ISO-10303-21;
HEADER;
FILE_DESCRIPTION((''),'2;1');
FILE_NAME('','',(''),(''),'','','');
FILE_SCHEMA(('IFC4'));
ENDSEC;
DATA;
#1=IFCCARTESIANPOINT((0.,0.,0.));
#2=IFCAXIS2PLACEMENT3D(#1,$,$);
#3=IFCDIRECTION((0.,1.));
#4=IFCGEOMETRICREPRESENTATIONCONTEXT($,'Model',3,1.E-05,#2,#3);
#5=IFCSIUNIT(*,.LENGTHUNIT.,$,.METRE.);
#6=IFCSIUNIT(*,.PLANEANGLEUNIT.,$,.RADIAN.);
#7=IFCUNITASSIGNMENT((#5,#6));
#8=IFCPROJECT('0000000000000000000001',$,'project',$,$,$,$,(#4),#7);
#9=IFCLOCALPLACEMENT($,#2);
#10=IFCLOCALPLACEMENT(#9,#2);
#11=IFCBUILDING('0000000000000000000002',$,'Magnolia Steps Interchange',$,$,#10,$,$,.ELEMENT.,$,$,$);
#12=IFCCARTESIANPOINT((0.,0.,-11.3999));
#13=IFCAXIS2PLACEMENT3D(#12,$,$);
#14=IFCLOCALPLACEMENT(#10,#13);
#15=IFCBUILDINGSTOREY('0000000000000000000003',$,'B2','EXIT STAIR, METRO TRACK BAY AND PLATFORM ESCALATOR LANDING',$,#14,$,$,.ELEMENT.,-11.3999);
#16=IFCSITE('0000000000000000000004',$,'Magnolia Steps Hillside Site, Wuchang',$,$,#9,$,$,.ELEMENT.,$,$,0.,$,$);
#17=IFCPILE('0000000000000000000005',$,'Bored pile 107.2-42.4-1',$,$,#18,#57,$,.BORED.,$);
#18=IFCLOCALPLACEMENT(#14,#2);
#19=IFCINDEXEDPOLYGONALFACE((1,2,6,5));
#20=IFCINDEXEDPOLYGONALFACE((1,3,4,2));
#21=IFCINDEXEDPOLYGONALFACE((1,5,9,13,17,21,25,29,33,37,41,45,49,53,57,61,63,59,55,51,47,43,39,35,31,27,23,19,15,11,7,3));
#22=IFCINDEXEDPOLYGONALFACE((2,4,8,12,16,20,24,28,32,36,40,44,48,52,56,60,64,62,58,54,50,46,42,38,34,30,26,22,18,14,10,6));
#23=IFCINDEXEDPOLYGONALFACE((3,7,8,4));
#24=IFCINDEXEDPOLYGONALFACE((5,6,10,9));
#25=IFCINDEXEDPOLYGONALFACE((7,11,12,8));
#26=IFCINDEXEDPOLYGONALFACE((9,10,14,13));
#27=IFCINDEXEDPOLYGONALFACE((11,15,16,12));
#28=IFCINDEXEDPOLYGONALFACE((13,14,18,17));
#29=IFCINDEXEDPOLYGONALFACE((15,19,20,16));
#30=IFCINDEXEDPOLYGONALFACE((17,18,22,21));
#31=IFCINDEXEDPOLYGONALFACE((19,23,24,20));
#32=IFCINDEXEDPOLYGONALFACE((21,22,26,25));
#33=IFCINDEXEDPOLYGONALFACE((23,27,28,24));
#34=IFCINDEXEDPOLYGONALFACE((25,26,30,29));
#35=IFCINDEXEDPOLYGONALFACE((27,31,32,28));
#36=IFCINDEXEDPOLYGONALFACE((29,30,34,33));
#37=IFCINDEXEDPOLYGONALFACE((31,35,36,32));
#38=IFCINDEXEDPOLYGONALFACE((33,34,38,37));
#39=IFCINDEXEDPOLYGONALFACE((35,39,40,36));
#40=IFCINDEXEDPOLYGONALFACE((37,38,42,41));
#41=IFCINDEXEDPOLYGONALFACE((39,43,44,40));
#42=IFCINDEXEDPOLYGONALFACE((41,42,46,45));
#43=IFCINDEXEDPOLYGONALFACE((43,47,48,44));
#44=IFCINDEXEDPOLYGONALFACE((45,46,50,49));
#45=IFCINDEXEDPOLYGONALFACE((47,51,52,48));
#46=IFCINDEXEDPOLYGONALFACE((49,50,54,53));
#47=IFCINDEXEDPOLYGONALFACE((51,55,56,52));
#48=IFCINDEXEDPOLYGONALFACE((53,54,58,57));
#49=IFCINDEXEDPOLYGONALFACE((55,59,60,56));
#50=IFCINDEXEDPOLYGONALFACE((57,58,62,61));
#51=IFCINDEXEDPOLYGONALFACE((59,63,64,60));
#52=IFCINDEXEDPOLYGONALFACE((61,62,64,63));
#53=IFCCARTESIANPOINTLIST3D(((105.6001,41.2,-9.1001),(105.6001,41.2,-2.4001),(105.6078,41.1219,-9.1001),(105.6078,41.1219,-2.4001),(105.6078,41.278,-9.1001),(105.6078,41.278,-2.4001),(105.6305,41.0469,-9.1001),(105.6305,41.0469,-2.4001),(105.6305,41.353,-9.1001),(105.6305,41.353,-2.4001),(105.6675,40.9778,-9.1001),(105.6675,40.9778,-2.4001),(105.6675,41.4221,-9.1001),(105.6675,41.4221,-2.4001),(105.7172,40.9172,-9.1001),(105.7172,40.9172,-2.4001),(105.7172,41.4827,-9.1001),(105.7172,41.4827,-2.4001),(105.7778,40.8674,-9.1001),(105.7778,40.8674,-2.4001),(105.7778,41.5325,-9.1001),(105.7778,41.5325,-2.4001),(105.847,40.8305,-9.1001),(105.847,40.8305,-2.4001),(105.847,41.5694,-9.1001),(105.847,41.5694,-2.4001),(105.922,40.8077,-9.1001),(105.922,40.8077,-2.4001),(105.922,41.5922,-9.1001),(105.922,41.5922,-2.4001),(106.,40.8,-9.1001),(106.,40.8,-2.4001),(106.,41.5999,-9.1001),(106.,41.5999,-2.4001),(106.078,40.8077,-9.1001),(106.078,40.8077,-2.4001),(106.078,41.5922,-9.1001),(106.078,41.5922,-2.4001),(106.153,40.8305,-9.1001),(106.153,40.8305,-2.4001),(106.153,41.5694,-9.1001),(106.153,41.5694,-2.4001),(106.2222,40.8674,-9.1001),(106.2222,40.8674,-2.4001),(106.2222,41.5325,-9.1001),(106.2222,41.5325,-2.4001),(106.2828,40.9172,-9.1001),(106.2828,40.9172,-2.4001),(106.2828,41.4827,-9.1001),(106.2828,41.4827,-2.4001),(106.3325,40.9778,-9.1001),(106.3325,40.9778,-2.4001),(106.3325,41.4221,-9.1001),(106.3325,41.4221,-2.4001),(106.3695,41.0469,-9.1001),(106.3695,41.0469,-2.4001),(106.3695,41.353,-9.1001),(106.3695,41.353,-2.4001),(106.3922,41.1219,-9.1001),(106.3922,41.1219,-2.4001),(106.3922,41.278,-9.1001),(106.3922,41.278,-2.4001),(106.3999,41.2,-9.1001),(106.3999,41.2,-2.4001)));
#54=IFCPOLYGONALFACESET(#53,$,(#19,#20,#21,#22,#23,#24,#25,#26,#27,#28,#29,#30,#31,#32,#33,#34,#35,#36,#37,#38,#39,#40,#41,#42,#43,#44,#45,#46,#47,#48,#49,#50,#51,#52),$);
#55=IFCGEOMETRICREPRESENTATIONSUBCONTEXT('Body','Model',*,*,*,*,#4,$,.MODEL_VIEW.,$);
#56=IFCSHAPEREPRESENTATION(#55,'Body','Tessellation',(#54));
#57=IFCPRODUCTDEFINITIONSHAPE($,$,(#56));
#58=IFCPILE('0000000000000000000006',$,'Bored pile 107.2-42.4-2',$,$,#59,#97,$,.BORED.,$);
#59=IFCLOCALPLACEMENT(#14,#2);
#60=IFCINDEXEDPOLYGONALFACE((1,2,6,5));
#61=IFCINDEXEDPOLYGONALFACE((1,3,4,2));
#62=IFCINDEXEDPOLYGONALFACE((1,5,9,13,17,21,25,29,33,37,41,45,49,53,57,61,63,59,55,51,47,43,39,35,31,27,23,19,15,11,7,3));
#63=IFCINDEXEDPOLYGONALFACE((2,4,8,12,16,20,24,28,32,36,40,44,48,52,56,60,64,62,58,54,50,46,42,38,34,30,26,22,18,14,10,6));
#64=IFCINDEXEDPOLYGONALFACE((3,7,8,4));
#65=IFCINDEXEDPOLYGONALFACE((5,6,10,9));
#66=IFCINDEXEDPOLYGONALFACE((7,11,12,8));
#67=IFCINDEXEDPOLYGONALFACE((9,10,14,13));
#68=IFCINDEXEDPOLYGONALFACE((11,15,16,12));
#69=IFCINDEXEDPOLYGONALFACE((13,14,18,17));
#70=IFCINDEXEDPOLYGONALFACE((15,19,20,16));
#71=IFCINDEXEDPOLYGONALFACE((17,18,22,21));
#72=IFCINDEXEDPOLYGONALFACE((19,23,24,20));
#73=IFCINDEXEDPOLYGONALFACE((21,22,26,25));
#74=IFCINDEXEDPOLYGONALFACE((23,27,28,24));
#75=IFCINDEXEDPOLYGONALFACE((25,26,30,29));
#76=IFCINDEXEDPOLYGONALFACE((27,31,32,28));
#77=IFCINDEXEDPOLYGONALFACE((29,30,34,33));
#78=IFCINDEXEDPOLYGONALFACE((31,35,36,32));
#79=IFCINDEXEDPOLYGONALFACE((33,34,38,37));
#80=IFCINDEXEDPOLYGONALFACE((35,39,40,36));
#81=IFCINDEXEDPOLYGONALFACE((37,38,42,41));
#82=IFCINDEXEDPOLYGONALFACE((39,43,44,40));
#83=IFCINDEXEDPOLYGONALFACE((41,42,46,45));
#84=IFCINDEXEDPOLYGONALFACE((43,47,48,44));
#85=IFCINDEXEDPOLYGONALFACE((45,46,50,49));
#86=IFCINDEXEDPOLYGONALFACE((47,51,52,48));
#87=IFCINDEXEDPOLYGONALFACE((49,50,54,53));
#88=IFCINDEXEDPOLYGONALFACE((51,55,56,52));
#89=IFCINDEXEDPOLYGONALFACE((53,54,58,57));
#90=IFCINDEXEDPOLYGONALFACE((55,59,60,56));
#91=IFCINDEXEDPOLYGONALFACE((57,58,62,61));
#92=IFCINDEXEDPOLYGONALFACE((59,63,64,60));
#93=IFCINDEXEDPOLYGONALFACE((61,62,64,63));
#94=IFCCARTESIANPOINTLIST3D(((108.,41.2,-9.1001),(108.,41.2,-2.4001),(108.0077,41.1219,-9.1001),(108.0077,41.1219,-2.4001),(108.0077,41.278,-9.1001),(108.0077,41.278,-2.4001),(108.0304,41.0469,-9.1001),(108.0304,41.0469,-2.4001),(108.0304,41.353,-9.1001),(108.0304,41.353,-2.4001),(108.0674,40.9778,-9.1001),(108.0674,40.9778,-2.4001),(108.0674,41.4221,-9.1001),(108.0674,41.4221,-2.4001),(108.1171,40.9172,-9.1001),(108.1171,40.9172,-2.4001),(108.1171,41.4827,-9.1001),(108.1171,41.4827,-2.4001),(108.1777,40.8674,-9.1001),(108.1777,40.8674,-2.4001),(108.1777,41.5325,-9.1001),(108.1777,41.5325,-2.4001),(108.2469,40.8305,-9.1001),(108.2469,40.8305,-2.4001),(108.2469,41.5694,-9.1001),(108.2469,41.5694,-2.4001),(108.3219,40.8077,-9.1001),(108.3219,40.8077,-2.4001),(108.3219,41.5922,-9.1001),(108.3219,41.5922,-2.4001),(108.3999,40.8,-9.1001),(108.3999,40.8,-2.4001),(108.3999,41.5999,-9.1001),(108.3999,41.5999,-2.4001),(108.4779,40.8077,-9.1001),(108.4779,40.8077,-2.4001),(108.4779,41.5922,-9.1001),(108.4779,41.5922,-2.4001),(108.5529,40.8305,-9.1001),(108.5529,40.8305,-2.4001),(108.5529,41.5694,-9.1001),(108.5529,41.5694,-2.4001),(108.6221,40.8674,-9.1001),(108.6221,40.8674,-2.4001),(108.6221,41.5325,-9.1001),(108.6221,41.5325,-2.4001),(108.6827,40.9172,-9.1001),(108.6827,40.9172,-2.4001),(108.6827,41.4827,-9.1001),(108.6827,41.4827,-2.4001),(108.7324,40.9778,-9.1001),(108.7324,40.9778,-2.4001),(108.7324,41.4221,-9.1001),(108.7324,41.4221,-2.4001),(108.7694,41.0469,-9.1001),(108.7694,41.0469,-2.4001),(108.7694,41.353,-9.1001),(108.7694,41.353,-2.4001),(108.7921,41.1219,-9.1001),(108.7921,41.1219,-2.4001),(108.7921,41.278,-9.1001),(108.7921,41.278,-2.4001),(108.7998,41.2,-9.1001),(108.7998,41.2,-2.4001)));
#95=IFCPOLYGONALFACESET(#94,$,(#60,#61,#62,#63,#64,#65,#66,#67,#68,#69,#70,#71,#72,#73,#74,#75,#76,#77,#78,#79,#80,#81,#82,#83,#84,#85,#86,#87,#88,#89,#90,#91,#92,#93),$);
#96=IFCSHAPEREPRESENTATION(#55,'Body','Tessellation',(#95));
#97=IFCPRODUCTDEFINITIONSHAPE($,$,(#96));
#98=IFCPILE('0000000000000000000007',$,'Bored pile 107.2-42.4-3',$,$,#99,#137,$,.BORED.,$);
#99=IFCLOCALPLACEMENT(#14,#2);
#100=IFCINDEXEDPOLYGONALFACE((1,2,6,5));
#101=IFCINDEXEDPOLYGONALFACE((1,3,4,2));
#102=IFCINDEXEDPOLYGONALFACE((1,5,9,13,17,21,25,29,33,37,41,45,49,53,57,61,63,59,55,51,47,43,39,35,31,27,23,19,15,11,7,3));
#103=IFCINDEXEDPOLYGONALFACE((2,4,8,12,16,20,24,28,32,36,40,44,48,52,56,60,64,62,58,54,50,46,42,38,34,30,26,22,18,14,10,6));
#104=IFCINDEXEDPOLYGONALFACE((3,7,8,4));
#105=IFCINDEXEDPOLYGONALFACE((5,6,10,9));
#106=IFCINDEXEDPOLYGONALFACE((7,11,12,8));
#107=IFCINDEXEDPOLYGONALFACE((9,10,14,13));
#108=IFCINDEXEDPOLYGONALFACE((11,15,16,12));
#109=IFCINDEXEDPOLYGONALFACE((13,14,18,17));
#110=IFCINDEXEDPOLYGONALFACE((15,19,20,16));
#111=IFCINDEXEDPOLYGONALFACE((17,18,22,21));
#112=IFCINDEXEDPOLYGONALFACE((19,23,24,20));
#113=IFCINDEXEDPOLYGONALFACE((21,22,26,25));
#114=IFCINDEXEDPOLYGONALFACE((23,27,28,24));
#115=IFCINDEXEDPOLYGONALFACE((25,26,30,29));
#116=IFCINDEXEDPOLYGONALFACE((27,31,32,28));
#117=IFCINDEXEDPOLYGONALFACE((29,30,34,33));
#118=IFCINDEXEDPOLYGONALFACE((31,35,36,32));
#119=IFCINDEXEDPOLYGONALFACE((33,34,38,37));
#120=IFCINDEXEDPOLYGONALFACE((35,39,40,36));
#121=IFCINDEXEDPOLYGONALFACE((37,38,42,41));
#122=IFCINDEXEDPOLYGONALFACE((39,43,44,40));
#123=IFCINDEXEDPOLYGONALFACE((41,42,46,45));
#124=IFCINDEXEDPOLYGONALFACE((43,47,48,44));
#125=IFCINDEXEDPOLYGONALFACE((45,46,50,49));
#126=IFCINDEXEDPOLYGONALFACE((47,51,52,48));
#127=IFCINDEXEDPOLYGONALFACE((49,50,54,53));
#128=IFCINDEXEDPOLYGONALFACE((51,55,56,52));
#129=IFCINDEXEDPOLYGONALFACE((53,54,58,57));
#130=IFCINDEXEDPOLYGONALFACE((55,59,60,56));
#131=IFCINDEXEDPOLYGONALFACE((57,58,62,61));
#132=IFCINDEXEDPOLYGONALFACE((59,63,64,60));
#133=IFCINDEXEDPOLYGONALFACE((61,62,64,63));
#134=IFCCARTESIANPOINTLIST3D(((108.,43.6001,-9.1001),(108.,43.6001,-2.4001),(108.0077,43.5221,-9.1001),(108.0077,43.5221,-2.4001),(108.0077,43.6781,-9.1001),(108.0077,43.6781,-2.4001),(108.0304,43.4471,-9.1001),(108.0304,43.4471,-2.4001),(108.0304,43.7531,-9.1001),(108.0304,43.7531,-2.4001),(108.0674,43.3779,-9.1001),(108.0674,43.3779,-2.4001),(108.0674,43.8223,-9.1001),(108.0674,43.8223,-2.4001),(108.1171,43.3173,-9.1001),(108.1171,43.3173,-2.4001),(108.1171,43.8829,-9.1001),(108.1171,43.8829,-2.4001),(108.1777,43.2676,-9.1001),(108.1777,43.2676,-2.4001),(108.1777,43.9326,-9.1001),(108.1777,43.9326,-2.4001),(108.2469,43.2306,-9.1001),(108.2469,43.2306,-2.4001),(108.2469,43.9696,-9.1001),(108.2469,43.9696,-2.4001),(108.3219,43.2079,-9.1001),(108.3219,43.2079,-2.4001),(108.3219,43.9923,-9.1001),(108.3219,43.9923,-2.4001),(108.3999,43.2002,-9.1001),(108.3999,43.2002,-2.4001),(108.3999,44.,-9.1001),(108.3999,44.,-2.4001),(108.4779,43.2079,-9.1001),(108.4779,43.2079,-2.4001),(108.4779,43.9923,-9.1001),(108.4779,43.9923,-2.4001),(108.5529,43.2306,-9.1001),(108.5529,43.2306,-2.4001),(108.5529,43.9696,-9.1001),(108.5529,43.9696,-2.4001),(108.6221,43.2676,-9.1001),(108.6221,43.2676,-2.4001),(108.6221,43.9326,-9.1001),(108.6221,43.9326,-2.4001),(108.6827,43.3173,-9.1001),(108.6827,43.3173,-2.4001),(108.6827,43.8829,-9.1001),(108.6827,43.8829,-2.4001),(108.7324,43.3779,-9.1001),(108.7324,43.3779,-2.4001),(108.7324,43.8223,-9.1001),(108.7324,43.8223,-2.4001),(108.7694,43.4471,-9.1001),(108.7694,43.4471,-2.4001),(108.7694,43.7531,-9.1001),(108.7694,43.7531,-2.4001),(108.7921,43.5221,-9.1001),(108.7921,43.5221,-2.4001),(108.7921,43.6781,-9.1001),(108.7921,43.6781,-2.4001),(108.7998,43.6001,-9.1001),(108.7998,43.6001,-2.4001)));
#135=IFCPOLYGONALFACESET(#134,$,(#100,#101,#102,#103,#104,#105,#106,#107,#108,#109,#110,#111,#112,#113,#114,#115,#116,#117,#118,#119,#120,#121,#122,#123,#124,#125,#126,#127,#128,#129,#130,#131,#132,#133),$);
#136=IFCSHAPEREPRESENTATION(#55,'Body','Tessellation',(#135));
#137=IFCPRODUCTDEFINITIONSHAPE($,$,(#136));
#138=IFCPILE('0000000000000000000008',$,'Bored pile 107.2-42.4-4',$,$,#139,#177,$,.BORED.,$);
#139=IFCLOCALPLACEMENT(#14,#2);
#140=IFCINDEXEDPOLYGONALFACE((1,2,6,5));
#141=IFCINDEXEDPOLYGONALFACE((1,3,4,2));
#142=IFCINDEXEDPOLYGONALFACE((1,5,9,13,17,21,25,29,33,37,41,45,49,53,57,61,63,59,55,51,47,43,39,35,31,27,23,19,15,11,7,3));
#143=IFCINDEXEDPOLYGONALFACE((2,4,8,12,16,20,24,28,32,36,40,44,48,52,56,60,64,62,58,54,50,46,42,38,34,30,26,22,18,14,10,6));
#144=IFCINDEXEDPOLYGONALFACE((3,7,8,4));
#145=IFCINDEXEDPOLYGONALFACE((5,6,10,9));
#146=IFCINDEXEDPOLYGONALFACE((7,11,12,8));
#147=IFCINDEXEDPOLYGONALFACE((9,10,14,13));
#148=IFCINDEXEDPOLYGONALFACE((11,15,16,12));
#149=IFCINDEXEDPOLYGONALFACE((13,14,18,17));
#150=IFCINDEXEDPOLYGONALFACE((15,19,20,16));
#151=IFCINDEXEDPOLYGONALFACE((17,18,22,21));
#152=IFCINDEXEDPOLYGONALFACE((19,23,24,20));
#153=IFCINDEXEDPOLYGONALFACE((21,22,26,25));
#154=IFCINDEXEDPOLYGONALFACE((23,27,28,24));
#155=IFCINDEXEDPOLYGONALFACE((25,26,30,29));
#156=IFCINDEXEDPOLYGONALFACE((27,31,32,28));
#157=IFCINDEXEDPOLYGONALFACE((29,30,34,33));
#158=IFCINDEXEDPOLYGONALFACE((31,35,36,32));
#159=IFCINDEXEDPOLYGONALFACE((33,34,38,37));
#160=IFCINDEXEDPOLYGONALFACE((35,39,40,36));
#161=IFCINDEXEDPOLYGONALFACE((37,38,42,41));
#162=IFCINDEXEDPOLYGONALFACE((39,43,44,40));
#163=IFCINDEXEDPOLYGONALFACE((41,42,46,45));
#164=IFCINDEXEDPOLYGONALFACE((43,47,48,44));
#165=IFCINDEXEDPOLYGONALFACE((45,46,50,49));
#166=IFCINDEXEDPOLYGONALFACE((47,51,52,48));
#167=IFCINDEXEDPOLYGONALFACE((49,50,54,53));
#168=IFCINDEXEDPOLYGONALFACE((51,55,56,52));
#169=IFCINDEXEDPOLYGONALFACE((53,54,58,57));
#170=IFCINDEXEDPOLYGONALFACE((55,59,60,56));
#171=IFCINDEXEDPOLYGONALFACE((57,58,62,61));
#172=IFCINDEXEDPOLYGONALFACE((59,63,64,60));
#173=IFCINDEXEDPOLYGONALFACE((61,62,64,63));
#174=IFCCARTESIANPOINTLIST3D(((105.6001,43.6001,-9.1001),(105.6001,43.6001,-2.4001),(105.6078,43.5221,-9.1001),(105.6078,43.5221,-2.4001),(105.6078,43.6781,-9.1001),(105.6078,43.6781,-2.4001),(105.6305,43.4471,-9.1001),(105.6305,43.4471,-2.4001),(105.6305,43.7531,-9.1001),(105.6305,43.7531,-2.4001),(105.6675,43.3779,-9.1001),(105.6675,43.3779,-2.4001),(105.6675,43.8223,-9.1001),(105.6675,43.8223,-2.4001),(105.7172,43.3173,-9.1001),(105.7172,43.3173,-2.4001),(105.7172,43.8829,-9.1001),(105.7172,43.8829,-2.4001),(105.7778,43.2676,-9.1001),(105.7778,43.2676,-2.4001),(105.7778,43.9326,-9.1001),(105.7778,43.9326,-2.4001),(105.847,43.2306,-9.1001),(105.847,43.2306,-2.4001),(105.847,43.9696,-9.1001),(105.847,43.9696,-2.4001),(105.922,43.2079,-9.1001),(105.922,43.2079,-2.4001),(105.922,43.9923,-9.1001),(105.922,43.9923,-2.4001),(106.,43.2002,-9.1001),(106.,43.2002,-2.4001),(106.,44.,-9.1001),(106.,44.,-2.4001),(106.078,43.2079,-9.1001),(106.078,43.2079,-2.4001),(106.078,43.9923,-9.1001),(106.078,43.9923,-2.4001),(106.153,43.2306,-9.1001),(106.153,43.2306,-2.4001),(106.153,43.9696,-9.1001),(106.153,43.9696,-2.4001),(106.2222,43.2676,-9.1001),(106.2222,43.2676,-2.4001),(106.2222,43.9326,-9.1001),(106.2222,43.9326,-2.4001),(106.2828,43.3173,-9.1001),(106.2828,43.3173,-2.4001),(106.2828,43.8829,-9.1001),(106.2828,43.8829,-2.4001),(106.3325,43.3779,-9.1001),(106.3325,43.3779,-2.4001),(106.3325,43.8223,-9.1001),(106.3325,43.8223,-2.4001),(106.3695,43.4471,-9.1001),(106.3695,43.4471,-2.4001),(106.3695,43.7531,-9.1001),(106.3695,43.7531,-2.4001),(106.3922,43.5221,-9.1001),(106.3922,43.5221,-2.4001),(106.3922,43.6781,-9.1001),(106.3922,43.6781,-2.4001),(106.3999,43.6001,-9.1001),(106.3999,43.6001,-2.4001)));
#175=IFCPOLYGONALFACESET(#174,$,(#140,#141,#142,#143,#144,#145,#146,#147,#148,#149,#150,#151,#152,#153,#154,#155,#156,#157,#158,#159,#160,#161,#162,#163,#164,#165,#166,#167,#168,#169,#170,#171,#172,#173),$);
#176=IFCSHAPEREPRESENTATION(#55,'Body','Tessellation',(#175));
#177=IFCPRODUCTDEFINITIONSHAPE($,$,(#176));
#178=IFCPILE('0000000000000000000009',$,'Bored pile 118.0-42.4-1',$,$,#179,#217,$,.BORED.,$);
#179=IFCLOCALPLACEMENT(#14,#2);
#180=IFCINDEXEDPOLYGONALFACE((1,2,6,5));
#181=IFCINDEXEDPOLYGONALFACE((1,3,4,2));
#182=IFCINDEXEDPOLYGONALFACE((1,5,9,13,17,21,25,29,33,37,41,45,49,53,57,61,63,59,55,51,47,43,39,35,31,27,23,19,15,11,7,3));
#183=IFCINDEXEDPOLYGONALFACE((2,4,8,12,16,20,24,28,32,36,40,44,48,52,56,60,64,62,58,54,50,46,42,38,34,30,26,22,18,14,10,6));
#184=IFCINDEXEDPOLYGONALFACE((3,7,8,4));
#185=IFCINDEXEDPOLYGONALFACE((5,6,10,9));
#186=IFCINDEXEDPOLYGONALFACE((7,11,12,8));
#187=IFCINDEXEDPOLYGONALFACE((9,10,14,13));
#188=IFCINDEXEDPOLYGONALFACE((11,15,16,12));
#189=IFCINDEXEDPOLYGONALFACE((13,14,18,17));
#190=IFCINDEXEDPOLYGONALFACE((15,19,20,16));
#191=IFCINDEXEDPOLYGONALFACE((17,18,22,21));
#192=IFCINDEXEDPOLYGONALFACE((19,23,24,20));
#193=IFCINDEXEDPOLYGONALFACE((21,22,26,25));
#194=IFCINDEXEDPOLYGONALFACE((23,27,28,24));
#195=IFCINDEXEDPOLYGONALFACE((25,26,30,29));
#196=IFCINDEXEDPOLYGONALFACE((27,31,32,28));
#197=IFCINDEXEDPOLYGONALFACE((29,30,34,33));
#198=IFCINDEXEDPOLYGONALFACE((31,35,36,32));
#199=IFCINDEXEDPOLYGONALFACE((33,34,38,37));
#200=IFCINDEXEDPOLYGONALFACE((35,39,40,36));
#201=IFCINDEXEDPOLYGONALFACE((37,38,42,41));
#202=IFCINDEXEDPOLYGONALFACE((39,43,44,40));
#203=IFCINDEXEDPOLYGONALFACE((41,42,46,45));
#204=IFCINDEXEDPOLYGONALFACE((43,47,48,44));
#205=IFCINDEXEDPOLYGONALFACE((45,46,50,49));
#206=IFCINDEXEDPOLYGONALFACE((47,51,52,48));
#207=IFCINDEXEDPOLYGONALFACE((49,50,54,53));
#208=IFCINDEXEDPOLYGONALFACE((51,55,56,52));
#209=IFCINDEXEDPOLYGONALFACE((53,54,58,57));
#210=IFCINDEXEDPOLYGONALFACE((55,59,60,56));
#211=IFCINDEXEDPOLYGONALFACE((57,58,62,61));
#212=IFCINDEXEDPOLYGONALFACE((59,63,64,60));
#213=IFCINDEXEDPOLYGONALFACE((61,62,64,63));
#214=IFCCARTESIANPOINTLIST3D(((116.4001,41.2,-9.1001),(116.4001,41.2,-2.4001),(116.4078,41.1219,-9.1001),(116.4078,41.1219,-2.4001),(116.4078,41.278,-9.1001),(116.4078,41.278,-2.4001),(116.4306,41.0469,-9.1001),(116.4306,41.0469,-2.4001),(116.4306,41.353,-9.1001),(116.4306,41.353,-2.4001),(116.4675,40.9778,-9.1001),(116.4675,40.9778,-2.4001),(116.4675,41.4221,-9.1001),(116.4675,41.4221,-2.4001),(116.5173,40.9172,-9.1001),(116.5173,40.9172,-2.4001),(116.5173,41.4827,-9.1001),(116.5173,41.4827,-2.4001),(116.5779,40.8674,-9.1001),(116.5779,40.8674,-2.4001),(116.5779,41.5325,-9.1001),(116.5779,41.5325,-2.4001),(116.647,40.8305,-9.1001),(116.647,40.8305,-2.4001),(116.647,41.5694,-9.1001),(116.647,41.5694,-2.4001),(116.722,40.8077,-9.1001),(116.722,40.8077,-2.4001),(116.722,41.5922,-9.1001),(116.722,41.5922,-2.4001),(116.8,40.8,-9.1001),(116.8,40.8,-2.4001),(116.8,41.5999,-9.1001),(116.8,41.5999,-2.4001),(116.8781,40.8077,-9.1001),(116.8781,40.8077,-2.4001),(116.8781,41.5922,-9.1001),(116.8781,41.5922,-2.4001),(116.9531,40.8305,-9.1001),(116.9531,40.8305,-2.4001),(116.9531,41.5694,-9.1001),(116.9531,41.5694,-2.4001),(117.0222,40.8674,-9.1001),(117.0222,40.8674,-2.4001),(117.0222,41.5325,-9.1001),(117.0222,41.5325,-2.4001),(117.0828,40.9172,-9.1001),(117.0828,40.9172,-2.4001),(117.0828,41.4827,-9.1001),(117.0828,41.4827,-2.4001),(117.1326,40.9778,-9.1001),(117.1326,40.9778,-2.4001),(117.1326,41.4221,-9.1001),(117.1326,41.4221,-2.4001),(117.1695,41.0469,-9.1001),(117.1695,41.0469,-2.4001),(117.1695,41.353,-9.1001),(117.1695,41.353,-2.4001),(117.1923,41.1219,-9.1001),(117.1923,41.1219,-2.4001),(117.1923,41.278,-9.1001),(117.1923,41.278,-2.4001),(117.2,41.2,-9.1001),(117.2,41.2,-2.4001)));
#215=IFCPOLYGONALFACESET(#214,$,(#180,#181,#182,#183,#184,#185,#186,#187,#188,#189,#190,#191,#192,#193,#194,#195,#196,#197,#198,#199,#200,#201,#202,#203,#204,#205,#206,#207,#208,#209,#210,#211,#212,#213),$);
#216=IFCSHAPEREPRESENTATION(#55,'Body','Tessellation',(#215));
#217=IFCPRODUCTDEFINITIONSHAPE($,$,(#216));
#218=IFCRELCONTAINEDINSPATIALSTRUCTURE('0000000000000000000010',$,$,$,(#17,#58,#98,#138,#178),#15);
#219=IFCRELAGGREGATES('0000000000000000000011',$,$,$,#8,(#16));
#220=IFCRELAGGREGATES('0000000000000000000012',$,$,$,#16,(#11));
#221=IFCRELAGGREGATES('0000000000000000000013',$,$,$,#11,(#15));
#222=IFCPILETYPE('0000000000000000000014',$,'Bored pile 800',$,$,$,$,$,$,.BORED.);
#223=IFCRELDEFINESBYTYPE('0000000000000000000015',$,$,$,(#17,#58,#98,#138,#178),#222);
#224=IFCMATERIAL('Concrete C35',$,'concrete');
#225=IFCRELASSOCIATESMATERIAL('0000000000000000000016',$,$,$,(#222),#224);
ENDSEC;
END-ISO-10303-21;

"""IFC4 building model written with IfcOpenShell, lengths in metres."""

from ifc_helpers import new_model, si_unit, direction, frame, origin, origin_2d, place, context, subcontext, project, spatial, circle, extrude, material, material_profile, profile_set, type_object, element, save


model = new_model("IFC4")

# Units and contexts
model_context = context("Model", 3, precision=1e-05, world=origin(), true_north=direction((0.0, 1.0)))
body_context = subcontext(model_context, "Body", "Model", "MODEL_VIEW")
ifc_project = project(units=[si_unit("LENGTHUNIT", "METRE"), si_unit("PLANEANGLEUNIT", "RADIAN")], contexts=[model_context])

# Site, building, storey
site_placement = place(None, origin())
site = spatial("IfcSite", under=ifc_project, at=site_placement, Name="Magnolia Steps Hillside Site, Wuchang", CompositionType="ELEMENT", RefElevation=0.0)
building_placement = place(site_placement, origin())
building = spatial("IfcBuilding", under=site, at=building_placement, Name="Magnolia Steps Interchange", CompositionType="ELEMENT")
storey_placement = place(building_placement, frame((0.0, 0.0, -11.3999)))
storey = spatial("IfcBuildingStorey", under=building, at=storey_placement, Name="B2", Description="EXIT STAIR, METRO TRACK BAY AND PLATFORM ESCALATOR LANDING", CompositionType="ELEMENT", Elevation=-11.3999)

# Piles
ifc_material_1 = material(Name="Concrete C35", Category="concrete")
ifc_material_profile_1 = material_profile(ifc_material_1, circle(Radius=0.3999, at=origin_2d()), Name="Bored pile 800")
ifc_profile_set_1 = profile_set([ifc_material_profile_1], Name="Concrete C35")
pile_type_1 = type_object("IfcPileType", Name="Bored pile 800", PredefinedType="BORED", material=ifc_profile_set_1)
for number, where, z_axis, x_axis, name in (
    (1, (106.0, 41.2, -2.4001), (0.0, 0.0, -1.0), (1.0, 0.0, 0.0), "Bored pile 107.2-42.4-1"),
    (2, (108.3999, 41.2, -2.4001), (0.0, 0.0, -1.0), (1.0, 0.0, 0.0), "Bored pile 107.2-42.4-2"),
    (3, (108.3999, 43.6001, -2.4001), (0.0, 0.0, -1.0), (1.0, 0.0, 0.0), "Bored pile 107.2-42.4-3"),
    (4, (106.0, 43.6001, -2.4001), (0.0, 0.0, -1.0), (1.0, 0.0, 0.0), "Bored pile 107.2-42.4-4"),
    (5, (116.8, 41.2, -2.4001), (0.0, 0.0, -1.0), (1.0, 0.0, 0.0), "Bored pile 118.0-42.4-1"),
):
    element("IfcPile", number, at=place(storey_placement, frame(where, z_axis=z_axis, x_axis=x_axis)), inside=storey, type_object=pile_type_1, Name=name, PredefinedType="BORED", context=body_context, shape_type="SweptSolid", body=[
        extrude(circle(Radius=0.3999, at=origin_2d()), origin(), (0.0, 0.0, 1.0), 6.7),
    ])

save(model, "model.ifc")
